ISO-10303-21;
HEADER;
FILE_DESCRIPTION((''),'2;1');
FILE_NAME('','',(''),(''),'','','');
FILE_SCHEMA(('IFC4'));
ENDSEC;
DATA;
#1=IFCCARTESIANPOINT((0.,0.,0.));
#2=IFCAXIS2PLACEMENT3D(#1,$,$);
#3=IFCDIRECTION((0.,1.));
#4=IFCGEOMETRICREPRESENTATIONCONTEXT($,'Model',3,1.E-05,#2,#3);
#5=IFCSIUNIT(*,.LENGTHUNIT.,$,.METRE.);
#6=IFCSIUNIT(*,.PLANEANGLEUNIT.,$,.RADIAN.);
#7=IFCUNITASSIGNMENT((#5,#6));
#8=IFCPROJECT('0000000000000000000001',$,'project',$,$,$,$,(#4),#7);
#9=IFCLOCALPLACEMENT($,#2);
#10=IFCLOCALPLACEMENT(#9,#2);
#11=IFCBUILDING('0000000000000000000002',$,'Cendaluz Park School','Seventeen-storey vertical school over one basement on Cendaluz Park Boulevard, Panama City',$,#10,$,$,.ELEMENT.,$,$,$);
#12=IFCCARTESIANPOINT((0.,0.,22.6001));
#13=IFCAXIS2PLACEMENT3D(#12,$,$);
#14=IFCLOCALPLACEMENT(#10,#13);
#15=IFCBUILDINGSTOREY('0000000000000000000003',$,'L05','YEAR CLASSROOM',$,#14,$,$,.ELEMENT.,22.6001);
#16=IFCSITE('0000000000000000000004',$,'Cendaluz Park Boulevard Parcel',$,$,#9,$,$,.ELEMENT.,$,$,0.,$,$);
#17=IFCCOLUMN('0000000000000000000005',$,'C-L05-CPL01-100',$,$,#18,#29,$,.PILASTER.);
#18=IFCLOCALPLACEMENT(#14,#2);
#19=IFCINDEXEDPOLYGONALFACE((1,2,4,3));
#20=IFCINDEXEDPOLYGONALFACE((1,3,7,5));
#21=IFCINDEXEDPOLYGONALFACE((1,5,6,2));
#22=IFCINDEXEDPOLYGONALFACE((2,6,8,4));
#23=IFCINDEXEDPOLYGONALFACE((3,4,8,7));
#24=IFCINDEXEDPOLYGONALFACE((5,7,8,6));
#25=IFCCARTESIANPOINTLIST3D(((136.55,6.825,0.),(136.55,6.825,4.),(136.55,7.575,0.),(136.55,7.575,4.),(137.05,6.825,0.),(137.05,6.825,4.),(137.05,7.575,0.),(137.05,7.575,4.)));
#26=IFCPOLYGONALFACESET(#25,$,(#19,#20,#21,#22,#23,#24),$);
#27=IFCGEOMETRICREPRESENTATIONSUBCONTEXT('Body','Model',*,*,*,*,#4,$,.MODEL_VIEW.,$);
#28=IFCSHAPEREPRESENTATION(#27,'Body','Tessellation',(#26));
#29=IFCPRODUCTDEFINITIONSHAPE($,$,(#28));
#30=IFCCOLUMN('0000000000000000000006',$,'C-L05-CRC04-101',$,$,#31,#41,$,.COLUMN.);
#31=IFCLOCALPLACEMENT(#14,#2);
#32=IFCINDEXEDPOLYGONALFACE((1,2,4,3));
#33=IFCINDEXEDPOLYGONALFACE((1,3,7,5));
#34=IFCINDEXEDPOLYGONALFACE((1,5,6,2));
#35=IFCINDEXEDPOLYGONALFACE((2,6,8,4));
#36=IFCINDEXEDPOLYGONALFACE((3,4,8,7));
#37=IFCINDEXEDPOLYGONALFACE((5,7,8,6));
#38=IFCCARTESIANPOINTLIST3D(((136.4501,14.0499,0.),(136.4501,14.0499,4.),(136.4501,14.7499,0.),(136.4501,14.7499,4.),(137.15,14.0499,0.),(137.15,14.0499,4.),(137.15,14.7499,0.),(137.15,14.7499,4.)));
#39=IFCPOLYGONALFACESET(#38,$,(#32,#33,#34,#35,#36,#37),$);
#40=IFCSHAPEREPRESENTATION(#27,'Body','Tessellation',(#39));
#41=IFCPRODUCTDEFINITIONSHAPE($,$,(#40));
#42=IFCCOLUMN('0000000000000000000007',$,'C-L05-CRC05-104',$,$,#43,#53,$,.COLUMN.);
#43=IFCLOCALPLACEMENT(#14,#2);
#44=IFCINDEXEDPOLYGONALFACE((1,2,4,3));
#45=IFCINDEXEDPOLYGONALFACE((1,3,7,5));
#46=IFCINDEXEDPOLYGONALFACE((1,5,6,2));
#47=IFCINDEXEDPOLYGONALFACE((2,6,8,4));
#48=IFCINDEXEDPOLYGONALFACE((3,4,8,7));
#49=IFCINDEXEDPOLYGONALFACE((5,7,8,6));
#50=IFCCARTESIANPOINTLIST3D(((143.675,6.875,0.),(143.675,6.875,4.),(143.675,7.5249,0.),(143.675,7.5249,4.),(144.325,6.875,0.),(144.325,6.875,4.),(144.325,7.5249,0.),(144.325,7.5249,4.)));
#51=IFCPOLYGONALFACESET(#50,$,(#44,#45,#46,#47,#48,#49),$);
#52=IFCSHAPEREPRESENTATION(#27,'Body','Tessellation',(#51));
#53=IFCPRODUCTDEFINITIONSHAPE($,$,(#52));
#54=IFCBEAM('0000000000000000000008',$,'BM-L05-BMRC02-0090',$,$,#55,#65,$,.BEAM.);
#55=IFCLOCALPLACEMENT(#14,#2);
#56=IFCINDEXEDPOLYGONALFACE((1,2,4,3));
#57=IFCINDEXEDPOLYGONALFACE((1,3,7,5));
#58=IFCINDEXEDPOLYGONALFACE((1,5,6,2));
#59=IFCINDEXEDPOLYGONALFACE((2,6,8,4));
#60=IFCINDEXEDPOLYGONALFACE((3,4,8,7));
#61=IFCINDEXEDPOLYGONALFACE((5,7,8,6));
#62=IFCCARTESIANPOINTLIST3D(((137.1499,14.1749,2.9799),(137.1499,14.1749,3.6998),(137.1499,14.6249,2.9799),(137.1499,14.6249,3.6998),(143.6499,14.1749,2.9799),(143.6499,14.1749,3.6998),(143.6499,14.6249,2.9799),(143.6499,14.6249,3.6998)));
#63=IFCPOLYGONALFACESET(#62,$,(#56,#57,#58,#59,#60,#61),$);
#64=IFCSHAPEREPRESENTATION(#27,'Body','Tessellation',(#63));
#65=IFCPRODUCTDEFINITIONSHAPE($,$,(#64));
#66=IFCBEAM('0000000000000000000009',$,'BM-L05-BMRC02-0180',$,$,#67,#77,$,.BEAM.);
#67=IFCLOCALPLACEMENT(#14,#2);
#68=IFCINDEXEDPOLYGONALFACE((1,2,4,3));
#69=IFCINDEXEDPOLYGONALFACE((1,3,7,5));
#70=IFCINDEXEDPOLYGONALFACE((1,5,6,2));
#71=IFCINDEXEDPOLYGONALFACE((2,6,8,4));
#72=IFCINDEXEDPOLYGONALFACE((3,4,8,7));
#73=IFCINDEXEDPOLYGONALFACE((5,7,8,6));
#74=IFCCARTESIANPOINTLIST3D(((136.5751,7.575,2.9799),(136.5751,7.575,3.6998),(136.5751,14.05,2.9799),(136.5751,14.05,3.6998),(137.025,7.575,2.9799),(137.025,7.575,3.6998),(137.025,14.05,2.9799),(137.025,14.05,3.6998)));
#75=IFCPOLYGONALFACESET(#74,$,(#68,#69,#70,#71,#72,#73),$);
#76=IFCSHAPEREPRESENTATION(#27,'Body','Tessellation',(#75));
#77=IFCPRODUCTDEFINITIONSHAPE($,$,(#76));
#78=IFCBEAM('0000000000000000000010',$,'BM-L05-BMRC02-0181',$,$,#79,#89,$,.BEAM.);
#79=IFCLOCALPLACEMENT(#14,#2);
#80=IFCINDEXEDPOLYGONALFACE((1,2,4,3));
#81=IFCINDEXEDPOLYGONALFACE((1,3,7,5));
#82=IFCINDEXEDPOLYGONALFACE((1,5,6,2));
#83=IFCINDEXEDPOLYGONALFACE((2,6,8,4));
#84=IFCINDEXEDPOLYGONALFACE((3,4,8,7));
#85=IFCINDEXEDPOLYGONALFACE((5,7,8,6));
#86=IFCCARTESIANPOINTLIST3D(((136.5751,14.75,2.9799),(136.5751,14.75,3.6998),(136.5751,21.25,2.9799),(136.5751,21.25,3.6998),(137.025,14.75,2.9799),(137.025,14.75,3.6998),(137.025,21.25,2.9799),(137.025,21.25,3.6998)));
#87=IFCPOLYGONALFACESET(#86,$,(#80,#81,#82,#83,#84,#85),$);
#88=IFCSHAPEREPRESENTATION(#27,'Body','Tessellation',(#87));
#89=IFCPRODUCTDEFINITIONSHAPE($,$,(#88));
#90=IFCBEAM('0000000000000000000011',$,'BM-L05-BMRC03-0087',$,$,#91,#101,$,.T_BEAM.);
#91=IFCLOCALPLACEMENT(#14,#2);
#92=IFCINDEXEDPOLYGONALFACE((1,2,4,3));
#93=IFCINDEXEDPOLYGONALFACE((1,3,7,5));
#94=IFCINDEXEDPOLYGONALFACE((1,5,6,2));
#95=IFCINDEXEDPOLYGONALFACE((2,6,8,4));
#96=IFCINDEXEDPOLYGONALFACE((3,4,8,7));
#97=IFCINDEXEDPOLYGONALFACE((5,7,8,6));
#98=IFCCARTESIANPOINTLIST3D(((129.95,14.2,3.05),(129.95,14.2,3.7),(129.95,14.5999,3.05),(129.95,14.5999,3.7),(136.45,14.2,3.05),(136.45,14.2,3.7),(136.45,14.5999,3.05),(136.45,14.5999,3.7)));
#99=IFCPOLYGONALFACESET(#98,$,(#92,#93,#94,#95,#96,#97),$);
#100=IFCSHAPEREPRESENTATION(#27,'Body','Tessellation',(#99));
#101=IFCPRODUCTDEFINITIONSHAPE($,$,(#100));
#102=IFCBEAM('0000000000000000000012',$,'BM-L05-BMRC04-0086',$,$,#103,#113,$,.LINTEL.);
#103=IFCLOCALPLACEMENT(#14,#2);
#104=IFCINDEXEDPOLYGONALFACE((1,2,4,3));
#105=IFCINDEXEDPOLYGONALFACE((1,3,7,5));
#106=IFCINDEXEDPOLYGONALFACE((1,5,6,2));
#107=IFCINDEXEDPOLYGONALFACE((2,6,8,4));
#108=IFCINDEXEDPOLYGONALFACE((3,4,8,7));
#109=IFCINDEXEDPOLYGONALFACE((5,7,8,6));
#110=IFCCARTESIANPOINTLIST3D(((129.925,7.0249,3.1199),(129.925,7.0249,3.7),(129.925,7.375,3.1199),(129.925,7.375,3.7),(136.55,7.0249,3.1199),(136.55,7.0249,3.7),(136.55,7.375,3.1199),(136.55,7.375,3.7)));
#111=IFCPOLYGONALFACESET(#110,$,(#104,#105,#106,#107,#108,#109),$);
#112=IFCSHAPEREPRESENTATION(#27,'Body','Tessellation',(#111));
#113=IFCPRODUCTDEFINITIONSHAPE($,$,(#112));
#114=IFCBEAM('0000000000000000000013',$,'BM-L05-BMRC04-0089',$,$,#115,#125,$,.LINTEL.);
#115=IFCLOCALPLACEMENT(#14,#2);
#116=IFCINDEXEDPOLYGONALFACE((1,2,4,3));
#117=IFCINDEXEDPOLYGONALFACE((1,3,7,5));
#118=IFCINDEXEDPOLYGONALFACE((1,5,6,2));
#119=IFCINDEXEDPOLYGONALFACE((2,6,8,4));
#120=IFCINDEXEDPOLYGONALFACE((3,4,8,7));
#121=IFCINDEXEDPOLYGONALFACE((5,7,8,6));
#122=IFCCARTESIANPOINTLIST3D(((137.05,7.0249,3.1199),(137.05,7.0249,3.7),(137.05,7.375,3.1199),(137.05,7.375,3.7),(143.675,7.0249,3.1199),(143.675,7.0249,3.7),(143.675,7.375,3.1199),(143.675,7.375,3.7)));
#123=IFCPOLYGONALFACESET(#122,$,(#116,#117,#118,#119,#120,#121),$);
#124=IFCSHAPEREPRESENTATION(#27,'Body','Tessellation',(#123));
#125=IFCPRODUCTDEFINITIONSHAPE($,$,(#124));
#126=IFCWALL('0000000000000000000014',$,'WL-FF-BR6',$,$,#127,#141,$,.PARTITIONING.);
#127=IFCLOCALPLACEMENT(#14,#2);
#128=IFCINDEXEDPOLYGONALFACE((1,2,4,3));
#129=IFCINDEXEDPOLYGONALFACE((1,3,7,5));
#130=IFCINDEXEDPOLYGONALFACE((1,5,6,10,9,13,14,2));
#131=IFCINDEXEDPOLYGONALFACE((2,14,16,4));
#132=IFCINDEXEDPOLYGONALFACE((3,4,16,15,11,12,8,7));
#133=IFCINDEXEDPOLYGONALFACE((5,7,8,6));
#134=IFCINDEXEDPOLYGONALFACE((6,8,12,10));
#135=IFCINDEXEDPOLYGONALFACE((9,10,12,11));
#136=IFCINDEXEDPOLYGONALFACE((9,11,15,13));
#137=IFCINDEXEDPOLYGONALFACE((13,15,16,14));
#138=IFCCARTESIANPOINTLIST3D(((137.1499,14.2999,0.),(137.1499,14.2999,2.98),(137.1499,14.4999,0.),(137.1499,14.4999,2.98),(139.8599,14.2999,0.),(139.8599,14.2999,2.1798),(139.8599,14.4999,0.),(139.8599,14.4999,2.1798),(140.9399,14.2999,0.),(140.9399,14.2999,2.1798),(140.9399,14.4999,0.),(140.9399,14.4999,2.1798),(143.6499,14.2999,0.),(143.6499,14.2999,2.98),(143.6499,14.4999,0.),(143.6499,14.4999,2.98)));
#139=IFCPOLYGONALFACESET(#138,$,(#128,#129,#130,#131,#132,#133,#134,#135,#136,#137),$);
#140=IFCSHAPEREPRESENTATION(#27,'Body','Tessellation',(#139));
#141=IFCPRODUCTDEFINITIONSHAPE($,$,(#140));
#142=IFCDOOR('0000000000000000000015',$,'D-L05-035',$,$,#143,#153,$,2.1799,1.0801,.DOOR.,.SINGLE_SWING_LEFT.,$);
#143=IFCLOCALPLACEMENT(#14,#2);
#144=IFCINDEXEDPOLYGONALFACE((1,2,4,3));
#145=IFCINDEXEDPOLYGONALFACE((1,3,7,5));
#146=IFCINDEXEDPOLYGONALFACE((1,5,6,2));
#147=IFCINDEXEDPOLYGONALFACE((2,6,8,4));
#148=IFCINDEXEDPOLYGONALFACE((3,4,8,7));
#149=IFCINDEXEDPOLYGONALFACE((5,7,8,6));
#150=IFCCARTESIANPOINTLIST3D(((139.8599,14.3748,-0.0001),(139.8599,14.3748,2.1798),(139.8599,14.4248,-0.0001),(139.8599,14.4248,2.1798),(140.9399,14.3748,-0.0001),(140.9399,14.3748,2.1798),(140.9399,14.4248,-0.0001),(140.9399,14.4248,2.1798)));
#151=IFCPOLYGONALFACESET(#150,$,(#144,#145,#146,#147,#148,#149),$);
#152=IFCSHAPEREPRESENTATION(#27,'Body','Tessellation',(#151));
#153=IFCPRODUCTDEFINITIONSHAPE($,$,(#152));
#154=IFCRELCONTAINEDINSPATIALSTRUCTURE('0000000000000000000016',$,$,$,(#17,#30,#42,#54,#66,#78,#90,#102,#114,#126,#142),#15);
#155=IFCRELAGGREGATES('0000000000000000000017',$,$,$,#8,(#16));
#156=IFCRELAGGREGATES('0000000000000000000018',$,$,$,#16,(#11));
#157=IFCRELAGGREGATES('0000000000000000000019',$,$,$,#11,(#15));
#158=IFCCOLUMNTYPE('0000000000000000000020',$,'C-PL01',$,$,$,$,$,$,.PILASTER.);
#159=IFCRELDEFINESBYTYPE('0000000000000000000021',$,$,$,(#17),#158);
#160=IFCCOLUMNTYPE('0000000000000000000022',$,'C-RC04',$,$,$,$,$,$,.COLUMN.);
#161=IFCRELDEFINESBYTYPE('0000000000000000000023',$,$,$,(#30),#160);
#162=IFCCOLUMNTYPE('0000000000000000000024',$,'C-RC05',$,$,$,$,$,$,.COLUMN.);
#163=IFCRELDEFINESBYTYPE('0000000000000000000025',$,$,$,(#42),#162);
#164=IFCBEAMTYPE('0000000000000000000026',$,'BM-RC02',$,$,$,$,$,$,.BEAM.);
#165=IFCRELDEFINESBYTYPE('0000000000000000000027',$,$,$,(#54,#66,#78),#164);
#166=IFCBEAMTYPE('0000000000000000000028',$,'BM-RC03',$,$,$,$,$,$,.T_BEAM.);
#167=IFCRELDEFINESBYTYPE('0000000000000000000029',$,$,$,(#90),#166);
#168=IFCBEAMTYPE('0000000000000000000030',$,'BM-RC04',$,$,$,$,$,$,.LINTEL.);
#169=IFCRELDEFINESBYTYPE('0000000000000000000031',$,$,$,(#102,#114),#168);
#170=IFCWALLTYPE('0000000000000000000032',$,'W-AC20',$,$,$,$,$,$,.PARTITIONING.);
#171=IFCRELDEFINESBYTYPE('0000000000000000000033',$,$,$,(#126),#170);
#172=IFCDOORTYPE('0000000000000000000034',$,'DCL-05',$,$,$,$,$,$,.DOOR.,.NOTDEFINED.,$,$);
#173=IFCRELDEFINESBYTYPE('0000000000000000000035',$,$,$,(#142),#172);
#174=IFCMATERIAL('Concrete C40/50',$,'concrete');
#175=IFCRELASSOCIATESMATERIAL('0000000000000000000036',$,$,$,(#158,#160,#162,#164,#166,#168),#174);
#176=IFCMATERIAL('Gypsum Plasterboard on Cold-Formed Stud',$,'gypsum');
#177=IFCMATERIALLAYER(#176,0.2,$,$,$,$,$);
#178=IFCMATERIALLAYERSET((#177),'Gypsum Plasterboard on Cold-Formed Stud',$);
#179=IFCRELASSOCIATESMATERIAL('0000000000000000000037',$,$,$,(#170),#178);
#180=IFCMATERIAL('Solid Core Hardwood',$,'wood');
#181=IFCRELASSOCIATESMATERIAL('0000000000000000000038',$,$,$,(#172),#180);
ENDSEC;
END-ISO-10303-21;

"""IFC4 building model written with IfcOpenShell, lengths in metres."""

from ifc_helpers import new_model, si_unit, direction, frame, frame_2d, origin, origin_2d, place, context, subcontext, project, spatial, rectangle, extrude, material, layer, layer_set, material_profile, profile_set, type_object, element, fill, save


model = new_model("IFC4")

# Units and contexts
model_context = context("Model", 3, precision=1e-05, world=origin(), true_north=direction((0.0, 1.0)))
body_context = subcontext(model_context, "Body", "Model", "MODEL_VIEW")
ifc_project = project(units=[si_unit("LENGTHUNIT", "METRE"), si_unit("PLANEANGLEUNIT", "RADIAN")], contexts=[model_context])

# Site, building, storey
site_placement = place(None, origin())
site = spatial("IfcSite", under=ifc_project, at=site_placement, Name="Cendaluz Park Boulevard Parcel", CompositionType="ELEMENT", RefElevation=0.0)
building_placement = place(site_placement, origin())
building = spatial("IfcBuilding", under=site, at=building_placement, Name="Cendaluz Park School", Description="Seventeen-storey vertical school over one basement on Cendaluz Park Boulevard, Panama City", CompositionType="ELEMENT")
storey_placement = place(building_placement, frame((0.0, 0.0, 22.6001)))
storey = spatial("IfcBuildingStorey", under=building, at=storey_placement, Name="L05", Description="YEAR CLASSROOM", CompositionType="ELEMENT", Elevation=22.6001)

# Columns
ifc_material_1 = material(Name="Concrete C40/50", Category="concrete")
ifc_material_profile_1 = material_profile(ifc_material_1, rectangle(XDim=0.5, YDim=0.75, at=origin_2d()), Name="RC 500x750", Category="concrete")
ifc_profile_set_1 = profile_set([ifc_material_profile_1], Name="Concrete C40/50")
column_type_1 = type_object("IfcColumnType", Name="C-PL01", PredefinedType="PILASTER", material=ifc_profile_set_1)
column_1_placement = place(storey_placement, frame((136.8, 7.2, 0.0), z_axis=(0.0, 0.0, 1.0), x_axis=(1.0, 0.0, 0.0)))
element("IfcColumn", 1, at=column_1_placement, inside=storey, type_object=column_type_1, Name="C-L05-CPL01-100", PredefinedType="PILASTER", context=body_context, shape_type="SweptSolid", body=[
    extrude(rectangle(XDim=0.5, YDim=0.75, at=origin_2d()), origin(), (0.0, 0.0, 1.0), 4.0),
])
ifc_material_profile_2 = material_profile(ifc_material_1, rectangle(XDim=0.7, YDim=0.7, at=origin_2d()), Name="RC 700x700", Category="concrete")
ifc_profile_set_2 = profile_set([ifc_material_profile_2], Name="Concrete C40/50")
column_type_2 = type_object("IfcColumnType", Name="C-RC04", PredefinedType="COLUMN", material=ifc_profile_set_2)
column_2_placement = place(storey_placement, frame((136.8, 14.3999, 0.0), z_axis=(0.0, 0.0, 1.0), x_axis=(1.0, 0.0, 0.0)))
element("IfcColumn", 2, at=column_2_placement, inside=storey, type_object=column_type_2, Name="C-L05-CRC04-101", PredefinedType="COLUMN", context=body_context, shape_type="SweptSolid", body=[
    extrude(rectangle(XDim=0.7, YDim=0.7, at=origin_2d()), origin(), (0.0, 0.0, 1.0), 4.0),
])
ifc_material_profile_3 = material_profile(ifc_material_1, rectangle(XDim=0.6499, YDim=0.6499, at=origin_2d()), Name="RC 650x650", Category="concrete")
ifc_profile_set_3 = profile_set([ifc_material_profile_3], Name="Concrete C40/50")
column_type_3 = type_object("IfcColumnType", Name="C-RC05", PredefinedType="COLUMN", material=ifc_profile_set_3)
column_3_placement = place(storey_placement, frame((144.0, 7.2, 0.0), z_axis=(0.0, 0.0, 1.0), x_axis=(1.0, 0.0, 0.0)))
element("IfcColumn", 3, at=column_3_placement, inside=storey, type_object=column_type_3, Name="C-L05-CRC05-104", PredefinedType="COLUMN", context=body_context, shape_type="SweptSolid", body=[
    extrude(rectangle(XDim=0.6499, YDim=0.6499, at=origin_2d()), origin(), (0.0, 0.0, 1.0), 4.0),
])

# Beams
ifc_material_profile_4 = material_profile(ifc_material_1, rectangle(XDim=0.45, YDim=0.72, at=origin_2d()), Name="RC 450x720", Category="concrete")
ifc_profile_set_4 = profile_set([ifc_material_profile_4], Name="Concrete C40/50")
beam_type_1 = type_object("IfcBeamType", Name="BM-RC02", PredefinedType="BEAM", material=ifc_profile_set_4)
beam_1_placement = place(storey_placement, frame((137.1499, 14.3999, 3.3398), z_axis=(1.0, 0.0, 0.0), x_axis=(0.0, 1.0, 0.0)))
element("IfcBeam", 4, at=beam_1_placement, inside=storey, type_object=beam_type_1, Name="BM-L05-BMRC02-0090", PredefinedType="BEAM", context=body_context, shape_type="SweptSolid", body=[
    extrude(rectangle(XDim=0.45, YDim=0.72, at=origin_2d()), origin(), (0.0, 0.0, 1.0), 6.5),
])
beam_2_placement = place(storey_placement, frame((136.8, 7.575, 3.3398), z_axis=(0.0, 1.0, 0.0), x_axis=(-1.0, 0.0, 0.0)))
element("IfcBeam", 5, at=beam_2_placement, inside=storey, type_object=beam_type_1, Name="BM-L05-BMRC02-0180", PredefinedType="BEAM", context=body_context, shape_type="SweptSolid", body=[
    extrude(rectangle(XDim=0.45, YDim=0.72, at=origin_2d()), origin(), (0.0, 0.0, 1.0), 6.4751),
])
beam_3_placement = place(storey_placement, frame((136.8, 14.75, 3.3398), z_axis=(0.0, 1.0, 0.0), x_axis=(-1.0, 0.0, 0.0)))
element("IfcBeam", 6, at=beam_3_placement, inside=storey, type_object=beam_type_1, Name="BM-L05-BMRC02-0181", PredefinedType="BEAM", context=body_context, shape_type="SweptSolid", body=[
    extrude(rectangle(XDim=0.45, YDim=0.72, at=origin_2d()), origin(), (0.0, 0.0, 1.0), 6.5),
])
ifc_material_profile_5 = material_profile(ifc_material_1, rectangle(XDim=0.3999, YDim=0.6499, at=origin_2d()), Name="RC 400x650", Category="concrete")
ifc_profile_set_5 = profile_set([ifc_material_profile_5], Name="Concrete C40/50")
beam_type_2 = type_object("IfcBeamType", Name="BM-RC03", PredefinedType="T_BEAM", material=ifc_profile_set_5)
beam_4_placement = place(storey_placement, frame((129.95, 14.3999, 3.375), z_axis=(1.0, 0.0, 0.0), x_axis=(0.0, 1.0, 0.0)))
element("IfcBeam", 7, at=beam_4_placement, inside=storey, type_object=beam_type_2, Name="BM-L05-BMRC03-0087", PredefinedType="T_BEAM", context=body_context, shape_type="SweptSolid", body=[
    extrude(rectangle(XDim=0.3999, YDim=0.6499, at=origin_2d()), origin(), (0.0, 0.0, 1.0), 6.5),
])
ifc_material_profile_6 = material_profile(ifc_material_1, rectangle(XDim=0.3501, YDim=0.5801, at=origin_2d()), Name="RC 350x580", Category="concrete")
ifc_profile_set_6 = profile_set([ifc_material_profile_6], Name="Concrete C40/50")
beam_type_3 = type_object("IfcBeamType", Name="BM-RC04", PredefinedType="LINTEL", material=ifc_profile_set_6)
for number, where, z_axis, x_axis, name in (
    (8, (129.925, 7.2, 3.4099), (1.0, 0.0, 0.0), (0.0, 1.0, 0.0), "BM-L05-BMRC04-0086"),
    (9, (137.05, 7.2, 3.4099), (1.0, 0.0, 0.0), (0.0, 1.0, 0.0), "BM-L05-BMRC04-0089"),
):
    element("IfcBeam", number, at=place(storey_placement, frame(where, z_axis=z_axis, x_axis=x_axis)), inside=storey, type_object=beam_type_3, Name=name, PredefinedType="LINTEL", context=body_context, shape_type="SweptSolid", body=[
        extrude(rectangle(XDim=0.3501, YDim=0.5801, at=origin_2d()), origin(), (0.0, 0.0, 1.0), 6.625),
    ])

# Wall, opening, door
ifc_material_2 = material(Name="Gypsum Plasterboard on Cold-Formed Stud", Category="gypsum")
ifc_layer_1 = layer(ifc_material_2, 0.2)
ifc_layer_set_1 = layer_set([ifc_layer_1], Name="Gypsum Plasterboard on Cold-Formed Stud")
wall_type_1 = type_object("IfcWallType", Name="W-AC20", PredefinedType="PARTITIONING", material=ifc_layer_set_1)
wall_1_placement = place(storey_placement, frame((137.1499, 14.3999, 0.0), z_axis=(0.0, 0.0, 1.0), x_axis=(1.0, 0.0, 0.0)))
wall_1 = element("IfcWall", 10, at=wall_1_placement, inside=storey, type_object=wall_type_1, Name="WL-FF-BR6", PredefinedType="PARTITIONING", context=body_context, shape_type="SweptSolid", body=[
    extrude(rectangle(XDim=6.5, YDim=0.2, at=frame_2d((3.25, 0.0))), origin(), (0.0, 0.0, 1.0), 2.98),
])
opening_1_placement = place(wall_1_placement, frame((2.71, 0.0, 0.0)))
opening_1 = element("IfcOpeningElement", 11, at=opening_1_placement, cuts=wall_1, PredefinedType="OPENING", context=body_context, shape_type="SweptSolid", body=[
    extrude(rectangle(XDim=1.0801, YDim=2.1799, at=frame_2d((0.54, 1.0898))), frame((0.0, 0.1121, 0.0), z_axis=(0.0, -1.0, 0.0), x_axis=(1.0, 0.0, 0.0)), (0.0, 0.0, 1.0), 0.2239),
])
ifc_material_3 = material(Name="Solid Core Hardwood", Category="wood")
door_type_1 = type_object("IfcDoorType", Name="DCL-05", OperationType="NOTDEFINED", PredefinedType="DOOR", material=ifc_material_3)
door_1_placement = place(opening_1_placement, origin())
door_1 = element("IfcDoor", 12, at=door_1_placement, inside=storey, type_object=door_type_1, Name="D-L05-035", OperationType="SINGLE_SWING_LEFT", OverallHeight=2.1799, OverallWidth=1.0801, PredefinedType="DOOR", context=body_context, shape_type="SweptSolid", body=[
    extrude(rectangle(XDim=1.0801, YDim=2.1799, at=frame_2d((0.54, 1.0898))), frame((0.0, 0.0249, 0.0), z_axis=(0.0, -1.0, 0.0), x_axis=(1.0, 0.0, 0.0)), (0.0, 0.0, 1.0), 0.05),
])
fill(opening_1, door_1)

save(model, "model.ifc")
